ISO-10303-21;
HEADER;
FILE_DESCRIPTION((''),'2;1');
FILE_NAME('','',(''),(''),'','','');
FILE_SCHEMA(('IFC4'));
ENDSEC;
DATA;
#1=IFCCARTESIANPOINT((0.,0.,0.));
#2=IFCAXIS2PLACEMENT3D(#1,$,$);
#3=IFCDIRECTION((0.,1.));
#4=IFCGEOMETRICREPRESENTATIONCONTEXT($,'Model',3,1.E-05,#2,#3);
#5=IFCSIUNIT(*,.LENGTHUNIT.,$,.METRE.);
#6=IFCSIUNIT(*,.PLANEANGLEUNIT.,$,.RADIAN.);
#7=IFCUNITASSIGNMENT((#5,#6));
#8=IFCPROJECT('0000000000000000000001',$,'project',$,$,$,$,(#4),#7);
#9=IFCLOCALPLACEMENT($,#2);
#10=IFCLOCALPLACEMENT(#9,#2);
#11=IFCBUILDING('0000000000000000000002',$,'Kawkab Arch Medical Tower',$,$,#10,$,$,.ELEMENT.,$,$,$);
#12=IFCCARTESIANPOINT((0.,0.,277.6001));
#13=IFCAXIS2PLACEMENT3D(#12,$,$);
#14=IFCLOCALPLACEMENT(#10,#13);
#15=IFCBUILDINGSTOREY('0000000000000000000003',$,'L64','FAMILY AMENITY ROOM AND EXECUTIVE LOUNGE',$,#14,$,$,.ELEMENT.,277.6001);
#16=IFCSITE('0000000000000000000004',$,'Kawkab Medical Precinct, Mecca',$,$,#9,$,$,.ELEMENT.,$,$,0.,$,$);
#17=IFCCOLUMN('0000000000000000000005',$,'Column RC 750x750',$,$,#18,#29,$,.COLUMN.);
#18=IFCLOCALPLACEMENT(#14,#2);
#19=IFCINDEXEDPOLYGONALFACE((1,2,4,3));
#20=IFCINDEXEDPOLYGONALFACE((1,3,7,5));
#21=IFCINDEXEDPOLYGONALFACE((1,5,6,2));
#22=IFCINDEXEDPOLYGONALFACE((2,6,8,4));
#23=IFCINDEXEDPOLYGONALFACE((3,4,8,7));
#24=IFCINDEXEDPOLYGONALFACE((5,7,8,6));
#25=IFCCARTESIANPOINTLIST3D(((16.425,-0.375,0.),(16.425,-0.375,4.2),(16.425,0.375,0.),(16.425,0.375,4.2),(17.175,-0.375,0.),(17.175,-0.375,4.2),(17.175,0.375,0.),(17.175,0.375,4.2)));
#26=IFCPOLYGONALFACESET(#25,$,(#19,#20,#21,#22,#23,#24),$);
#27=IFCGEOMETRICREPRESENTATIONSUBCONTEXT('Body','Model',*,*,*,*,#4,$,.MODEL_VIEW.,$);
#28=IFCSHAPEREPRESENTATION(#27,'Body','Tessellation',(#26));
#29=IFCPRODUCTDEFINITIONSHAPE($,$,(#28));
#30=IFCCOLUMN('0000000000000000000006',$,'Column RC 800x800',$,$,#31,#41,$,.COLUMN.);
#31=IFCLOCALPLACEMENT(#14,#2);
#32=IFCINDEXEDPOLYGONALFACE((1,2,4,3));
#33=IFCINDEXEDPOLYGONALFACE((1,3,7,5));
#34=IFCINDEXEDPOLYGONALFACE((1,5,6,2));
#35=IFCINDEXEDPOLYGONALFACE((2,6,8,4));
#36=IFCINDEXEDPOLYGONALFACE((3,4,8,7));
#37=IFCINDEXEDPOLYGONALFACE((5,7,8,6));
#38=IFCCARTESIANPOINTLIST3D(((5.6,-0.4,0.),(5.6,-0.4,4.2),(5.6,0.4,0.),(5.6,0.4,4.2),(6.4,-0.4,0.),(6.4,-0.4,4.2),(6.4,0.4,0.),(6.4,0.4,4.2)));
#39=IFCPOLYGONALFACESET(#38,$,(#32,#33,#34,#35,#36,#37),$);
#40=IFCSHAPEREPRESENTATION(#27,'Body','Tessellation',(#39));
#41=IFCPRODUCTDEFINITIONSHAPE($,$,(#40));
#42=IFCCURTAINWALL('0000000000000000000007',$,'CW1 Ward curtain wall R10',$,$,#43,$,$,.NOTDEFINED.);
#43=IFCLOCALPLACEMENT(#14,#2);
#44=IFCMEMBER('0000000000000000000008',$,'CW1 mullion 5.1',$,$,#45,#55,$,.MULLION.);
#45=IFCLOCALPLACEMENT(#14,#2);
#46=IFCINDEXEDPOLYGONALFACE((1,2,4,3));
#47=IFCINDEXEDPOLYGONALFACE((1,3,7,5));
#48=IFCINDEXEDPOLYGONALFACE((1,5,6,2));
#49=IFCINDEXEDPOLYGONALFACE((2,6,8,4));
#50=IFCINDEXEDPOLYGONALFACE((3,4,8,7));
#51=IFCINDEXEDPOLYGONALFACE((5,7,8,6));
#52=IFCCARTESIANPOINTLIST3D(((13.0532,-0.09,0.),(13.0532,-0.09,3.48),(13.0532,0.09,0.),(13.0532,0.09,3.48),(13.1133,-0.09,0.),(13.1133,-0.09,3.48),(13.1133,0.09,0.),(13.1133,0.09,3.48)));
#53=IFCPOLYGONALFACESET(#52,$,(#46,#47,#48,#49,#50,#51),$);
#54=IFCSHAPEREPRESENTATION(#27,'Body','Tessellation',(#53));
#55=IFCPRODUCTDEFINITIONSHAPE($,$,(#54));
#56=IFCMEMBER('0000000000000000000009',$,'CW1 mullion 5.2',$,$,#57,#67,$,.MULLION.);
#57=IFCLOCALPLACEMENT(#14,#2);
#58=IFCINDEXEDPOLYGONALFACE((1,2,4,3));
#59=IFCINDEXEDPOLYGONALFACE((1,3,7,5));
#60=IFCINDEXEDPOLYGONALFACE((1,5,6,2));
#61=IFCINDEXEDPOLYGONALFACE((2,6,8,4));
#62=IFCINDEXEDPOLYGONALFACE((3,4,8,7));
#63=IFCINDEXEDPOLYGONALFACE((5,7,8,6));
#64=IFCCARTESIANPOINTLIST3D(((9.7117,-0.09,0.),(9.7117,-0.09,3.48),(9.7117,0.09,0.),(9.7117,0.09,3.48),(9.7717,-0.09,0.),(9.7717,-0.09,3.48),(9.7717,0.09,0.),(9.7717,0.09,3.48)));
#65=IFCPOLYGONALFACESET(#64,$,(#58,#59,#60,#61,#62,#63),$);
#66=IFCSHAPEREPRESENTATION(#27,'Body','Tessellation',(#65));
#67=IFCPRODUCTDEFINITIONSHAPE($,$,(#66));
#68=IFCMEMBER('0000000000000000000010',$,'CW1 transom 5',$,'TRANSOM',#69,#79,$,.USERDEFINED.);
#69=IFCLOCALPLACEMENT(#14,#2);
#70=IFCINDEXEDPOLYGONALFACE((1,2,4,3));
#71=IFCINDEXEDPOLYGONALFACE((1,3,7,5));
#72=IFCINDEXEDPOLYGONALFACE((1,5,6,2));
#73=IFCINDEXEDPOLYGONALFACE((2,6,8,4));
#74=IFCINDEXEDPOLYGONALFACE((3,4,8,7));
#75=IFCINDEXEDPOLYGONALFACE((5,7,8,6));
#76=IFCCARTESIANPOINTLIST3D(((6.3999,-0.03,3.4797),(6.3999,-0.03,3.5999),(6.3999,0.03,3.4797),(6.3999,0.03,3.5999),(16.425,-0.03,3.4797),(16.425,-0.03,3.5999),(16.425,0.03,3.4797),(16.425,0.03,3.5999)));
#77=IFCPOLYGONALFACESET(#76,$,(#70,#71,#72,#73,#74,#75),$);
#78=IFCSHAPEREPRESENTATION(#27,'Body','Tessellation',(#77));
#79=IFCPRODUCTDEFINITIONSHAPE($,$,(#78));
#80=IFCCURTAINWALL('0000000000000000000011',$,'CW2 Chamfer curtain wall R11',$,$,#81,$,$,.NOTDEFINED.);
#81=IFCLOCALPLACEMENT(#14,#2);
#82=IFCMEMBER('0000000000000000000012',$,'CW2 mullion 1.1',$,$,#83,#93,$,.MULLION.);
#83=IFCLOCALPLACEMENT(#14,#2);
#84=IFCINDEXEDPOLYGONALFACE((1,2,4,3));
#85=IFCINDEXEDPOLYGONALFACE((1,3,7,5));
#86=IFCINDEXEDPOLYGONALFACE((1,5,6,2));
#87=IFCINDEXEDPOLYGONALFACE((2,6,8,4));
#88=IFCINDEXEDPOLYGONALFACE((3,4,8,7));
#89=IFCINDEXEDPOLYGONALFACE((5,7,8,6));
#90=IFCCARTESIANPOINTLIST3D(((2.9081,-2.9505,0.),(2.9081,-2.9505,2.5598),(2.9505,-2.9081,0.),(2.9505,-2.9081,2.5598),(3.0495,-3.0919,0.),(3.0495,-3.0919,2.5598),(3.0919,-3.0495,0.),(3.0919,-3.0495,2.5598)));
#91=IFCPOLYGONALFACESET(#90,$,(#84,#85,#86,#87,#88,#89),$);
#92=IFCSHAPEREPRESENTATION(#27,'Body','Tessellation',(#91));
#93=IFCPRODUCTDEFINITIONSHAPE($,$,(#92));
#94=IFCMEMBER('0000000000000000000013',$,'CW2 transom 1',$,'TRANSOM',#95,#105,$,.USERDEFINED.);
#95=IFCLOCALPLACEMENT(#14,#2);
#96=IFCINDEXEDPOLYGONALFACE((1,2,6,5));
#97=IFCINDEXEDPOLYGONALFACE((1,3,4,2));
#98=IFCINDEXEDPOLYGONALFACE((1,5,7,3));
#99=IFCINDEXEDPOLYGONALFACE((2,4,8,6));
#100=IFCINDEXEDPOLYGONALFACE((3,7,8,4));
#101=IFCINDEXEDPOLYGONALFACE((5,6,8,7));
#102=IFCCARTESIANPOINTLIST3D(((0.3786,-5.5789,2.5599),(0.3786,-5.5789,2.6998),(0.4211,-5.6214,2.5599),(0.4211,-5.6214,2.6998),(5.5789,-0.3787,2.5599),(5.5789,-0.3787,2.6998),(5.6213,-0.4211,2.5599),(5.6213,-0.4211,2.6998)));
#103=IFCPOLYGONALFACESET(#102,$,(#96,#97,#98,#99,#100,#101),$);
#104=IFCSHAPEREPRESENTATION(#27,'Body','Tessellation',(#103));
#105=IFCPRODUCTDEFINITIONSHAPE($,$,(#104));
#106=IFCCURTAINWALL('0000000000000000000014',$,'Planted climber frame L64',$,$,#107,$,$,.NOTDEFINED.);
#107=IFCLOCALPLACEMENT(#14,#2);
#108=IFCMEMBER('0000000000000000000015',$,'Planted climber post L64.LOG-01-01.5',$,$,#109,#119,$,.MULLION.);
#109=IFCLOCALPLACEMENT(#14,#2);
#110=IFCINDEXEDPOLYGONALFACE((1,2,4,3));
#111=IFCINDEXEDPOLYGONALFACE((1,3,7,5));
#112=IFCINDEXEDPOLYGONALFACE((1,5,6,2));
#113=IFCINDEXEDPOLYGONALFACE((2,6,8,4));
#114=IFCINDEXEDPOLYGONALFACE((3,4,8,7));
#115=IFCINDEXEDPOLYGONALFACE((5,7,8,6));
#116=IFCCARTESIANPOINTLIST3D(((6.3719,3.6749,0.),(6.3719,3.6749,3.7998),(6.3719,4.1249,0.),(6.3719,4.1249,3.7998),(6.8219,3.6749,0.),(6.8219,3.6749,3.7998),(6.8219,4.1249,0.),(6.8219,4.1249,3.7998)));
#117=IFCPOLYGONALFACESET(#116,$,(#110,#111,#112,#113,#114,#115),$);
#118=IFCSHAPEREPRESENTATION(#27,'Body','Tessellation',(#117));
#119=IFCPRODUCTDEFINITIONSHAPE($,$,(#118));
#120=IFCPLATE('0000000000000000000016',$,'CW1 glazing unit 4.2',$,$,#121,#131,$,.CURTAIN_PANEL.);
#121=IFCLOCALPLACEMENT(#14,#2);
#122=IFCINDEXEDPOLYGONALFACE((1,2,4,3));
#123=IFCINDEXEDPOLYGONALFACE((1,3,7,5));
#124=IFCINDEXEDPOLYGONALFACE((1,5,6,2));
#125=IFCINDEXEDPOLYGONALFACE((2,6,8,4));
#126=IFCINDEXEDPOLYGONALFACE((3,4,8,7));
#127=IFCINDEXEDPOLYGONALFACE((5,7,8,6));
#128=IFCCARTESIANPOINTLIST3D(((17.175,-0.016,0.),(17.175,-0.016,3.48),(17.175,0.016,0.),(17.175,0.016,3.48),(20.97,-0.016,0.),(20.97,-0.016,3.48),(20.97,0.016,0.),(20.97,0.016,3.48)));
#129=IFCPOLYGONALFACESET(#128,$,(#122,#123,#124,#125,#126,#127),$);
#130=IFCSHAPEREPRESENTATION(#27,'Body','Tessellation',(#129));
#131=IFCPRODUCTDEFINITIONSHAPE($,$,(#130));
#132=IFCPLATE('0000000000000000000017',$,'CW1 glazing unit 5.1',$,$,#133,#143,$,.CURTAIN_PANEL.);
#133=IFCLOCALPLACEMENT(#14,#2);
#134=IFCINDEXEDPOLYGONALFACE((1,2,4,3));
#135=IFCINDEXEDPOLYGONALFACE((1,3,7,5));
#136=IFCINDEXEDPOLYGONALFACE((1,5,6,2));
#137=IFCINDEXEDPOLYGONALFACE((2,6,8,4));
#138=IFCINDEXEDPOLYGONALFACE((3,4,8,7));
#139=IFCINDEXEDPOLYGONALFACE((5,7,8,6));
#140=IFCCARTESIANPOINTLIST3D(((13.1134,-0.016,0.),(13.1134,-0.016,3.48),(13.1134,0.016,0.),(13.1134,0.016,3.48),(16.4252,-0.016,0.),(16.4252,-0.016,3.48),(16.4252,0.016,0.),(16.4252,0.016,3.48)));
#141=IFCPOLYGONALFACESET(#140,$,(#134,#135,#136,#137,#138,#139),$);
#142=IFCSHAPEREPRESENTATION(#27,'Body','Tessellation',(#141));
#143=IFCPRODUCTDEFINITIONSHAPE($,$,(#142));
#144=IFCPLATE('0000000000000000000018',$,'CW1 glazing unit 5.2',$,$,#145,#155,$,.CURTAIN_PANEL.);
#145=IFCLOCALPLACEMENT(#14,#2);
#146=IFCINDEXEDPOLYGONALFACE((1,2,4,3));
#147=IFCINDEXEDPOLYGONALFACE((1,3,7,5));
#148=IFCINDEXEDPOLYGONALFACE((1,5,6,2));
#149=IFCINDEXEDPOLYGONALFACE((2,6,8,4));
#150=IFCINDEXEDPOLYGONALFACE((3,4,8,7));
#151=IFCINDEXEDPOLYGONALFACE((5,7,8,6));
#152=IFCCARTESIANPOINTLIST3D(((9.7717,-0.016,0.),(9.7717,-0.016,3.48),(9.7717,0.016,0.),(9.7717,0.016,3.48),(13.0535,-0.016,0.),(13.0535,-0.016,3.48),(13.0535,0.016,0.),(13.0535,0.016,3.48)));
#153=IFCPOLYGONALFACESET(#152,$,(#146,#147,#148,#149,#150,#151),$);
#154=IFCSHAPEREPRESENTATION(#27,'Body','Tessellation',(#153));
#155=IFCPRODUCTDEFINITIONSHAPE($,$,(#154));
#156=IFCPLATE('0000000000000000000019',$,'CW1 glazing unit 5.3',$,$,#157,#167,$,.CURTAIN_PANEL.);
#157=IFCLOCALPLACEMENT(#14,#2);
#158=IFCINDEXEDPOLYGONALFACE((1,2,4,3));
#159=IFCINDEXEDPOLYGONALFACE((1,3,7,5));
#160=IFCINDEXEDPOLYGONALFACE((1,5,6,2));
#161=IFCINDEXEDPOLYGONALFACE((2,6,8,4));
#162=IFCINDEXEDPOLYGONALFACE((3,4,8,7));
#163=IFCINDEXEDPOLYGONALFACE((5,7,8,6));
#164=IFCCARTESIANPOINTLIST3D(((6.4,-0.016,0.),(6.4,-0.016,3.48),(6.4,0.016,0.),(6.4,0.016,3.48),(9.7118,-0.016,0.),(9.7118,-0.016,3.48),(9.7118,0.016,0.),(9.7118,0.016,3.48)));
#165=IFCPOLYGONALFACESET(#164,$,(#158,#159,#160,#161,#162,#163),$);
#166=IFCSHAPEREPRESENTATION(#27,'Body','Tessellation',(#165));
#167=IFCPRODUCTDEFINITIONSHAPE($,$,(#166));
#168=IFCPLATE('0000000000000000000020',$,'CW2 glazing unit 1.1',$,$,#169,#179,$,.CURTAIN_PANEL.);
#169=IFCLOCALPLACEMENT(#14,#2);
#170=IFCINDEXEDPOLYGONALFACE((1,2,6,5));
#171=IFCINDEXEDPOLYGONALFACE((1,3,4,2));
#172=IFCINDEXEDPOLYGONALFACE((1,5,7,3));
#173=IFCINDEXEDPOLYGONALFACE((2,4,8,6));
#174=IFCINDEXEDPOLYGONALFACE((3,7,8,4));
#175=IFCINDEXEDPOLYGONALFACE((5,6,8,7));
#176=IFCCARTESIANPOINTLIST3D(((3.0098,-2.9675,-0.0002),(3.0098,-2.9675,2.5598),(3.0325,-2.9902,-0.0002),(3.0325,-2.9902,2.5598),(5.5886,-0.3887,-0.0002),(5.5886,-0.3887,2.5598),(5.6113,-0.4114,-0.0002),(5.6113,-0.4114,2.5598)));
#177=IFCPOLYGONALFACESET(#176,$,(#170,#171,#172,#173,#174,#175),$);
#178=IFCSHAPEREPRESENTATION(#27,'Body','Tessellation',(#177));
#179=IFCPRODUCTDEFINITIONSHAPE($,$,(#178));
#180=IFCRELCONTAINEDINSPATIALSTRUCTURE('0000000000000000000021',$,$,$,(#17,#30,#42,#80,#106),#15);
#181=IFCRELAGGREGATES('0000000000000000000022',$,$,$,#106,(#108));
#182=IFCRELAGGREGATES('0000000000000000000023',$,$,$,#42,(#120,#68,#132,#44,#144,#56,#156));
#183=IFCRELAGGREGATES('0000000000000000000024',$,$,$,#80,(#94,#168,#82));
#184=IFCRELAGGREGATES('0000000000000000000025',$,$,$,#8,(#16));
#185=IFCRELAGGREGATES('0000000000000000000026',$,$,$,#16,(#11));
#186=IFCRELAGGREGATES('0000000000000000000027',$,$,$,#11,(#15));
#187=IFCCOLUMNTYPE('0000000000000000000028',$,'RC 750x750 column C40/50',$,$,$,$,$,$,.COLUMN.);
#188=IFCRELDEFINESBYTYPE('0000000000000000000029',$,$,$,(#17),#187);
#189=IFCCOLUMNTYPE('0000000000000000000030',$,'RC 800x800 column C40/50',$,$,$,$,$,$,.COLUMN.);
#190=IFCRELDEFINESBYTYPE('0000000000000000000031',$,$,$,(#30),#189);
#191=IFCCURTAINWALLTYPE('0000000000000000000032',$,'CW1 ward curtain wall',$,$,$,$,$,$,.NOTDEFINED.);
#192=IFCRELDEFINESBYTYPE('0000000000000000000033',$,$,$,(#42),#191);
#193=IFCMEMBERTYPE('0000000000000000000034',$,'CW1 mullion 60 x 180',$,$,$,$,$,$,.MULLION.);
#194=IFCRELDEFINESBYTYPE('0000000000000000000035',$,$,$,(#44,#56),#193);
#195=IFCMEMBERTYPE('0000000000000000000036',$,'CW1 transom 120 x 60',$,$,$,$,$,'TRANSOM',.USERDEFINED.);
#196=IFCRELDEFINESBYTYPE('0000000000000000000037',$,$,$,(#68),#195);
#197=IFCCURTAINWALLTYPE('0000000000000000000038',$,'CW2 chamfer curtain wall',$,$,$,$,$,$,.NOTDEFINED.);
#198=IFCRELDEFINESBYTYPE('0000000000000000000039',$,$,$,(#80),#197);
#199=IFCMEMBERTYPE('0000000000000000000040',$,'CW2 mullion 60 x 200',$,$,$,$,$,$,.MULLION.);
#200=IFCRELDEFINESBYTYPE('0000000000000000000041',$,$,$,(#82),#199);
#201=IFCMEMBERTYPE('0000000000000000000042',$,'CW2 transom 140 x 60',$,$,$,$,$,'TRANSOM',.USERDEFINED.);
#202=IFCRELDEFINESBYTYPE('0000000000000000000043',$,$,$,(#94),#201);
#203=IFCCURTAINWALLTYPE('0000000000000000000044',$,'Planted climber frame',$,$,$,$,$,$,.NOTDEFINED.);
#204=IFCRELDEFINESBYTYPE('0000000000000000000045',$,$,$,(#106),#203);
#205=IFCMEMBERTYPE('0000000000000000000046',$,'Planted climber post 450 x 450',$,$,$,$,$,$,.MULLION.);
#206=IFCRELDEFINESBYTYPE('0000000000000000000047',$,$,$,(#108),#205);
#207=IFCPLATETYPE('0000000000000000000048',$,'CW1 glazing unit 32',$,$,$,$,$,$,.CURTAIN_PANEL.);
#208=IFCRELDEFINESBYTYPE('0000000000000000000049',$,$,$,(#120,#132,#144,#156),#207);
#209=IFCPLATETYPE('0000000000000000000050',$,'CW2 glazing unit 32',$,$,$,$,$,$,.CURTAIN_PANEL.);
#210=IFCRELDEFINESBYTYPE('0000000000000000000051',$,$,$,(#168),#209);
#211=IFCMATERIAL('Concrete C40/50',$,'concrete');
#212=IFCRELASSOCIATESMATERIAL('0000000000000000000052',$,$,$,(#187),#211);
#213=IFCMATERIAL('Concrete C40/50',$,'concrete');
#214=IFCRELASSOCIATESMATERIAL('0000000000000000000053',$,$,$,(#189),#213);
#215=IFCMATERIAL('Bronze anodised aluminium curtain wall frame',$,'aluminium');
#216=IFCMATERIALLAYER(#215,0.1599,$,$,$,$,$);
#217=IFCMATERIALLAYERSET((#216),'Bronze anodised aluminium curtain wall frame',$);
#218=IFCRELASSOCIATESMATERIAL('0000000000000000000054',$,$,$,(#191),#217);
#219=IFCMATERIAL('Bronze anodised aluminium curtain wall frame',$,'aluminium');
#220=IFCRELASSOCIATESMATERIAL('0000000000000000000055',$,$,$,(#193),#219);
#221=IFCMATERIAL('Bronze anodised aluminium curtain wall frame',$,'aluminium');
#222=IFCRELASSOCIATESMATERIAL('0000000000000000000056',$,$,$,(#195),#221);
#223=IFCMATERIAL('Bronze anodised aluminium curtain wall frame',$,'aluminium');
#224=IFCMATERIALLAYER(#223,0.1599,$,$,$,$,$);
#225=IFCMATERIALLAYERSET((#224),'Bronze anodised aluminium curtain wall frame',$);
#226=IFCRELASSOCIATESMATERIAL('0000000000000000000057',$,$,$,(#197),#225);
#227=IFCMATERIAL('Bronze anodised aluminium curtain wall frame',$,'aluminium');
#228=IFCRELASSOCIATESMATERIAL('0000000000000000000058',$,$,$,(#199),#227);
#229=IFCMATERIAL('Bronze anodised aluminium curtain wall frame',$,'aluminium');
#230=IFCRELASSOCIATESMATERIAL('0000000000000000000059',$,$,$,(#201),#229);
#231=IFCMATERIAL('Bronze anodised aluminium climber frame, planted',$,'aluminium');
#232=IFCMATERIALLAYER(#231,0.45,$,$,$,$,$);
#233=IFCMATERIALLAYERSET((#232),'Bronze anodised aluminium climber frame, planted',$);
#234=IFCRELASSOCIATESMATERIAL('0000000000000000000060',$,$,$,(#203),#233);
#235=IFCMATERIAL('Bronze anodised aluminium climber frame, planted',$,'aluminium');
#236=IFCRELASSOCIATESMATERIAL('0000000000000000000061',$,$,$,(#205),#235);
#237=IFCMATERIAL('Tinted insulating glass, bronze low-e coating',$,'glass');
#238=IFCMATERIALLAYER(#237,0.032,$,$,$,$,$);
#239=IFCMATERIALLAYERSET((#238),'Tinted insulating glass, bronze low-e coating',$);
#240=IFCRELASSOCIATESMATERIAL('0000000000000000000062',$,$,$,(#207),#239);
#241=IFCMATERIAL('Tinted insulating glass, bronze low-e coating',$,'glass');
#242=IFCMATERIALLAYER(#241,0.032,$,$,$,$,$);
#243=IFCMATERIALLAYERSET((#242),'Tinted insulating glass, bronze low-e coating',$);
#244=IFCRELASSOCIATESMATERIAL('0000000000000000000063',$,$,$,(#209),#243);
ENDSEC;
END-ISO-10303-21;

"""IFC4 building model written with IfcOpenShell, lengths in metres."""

from ifc_helpers import new_model, si_unit, direction, frame, origin, origin_2d, place, context, subcontext, project, spatial, rectangle, extrude, material, layer, layer_set, material_profile, profile_set, type_object, element, aggregate, save


model = new_model("IFC4")

# Units and contexts
model_context = context("Model", 3, precision=1e-05, world=origin(), true_north=direction((0.0, 1.0)))
body_context = subcontext(model_context, "Body", "Model", "MODEL_VIEW")
ifc_project = project(units=[si_unit("LENGTHUNIT", "METRE"), si_unit("PLANEANGLEUNIT", "RADIAN")], contexts=[model_context])

# Site, building, storey
site_placement = place(None, origin())
site = spatial("IfcSite", under=ifc_project, at=site_placement, Name="Kawkab Medical Precinct, Mecca", CompositionType="ELEMENT", RefElevation=0.0)
building_placement = place(site_placement, origin())
building = spatial("IfcBuilding", under=site, at=building_placement, Name="Kawkab Arch Medical Tower", CompositionType="ELEMENT")
storey_placement = place(building_placement, frame((0.0, 0.0, 277.6001)))
storey = spatial("IfcBuildingStorey", under=building, at=storey_placement, Name="L64", Description="FAMILY AMENITY ROOM AND EXECUTIVE LOUNGE", CompositionType="ELEMENT", Elevation=277.6001)

# Columns
ifc_material_1 = material(Name="Concrete C40/50", Category="concrete")
ifc_material_profile_1 = material_profile(ifc_material_1, rectangle(XDim=0.75, YDim=0.75, at=origin_2d()), Name="RC 750x750")
ifc_profile_set_1 = profile_set([ifc_material_profile_1], Name="Concrete C40/50")
column_type_1 = type_object("IfcColumnType", Name="RC 750x750 column C40/50", PredefinedType="COLUMN", material=ifc_profile_set_1)
column_1_placement = place(storey_placement, frame((16.8, 0.0, 0.0), z_axis=(0.0, 0.0, 1.0), x_axis=(1.0, 0.0, 0.0)))
element("IfcColumn", 1, at=column_1_placement, inside=storey, type_object=column_type_1, Name="Column RC 750x750", PredefinedType="COLUMN", context=body_context, shape_type="SweptSolid", body=[
    extrude(rectangle(XDim=0.75, YDim=0.75, at=origin_2d()), origin(), (0.0, 0.0, 1.0), 4.2),
])
ifc_material_2 = material(Name="Concrete C40/50", Category="concrete")
ifc_material_profile_2 = material_profile(ifc_material_2, rectangle(XDim=0.8, YDim=0.8, at=origin_2d()), Name="RC 800x800")
ifc_profile_set_2 = profile_set([ifc_material_profile_2], Name="Concrete C40/50")
column_type_2 = type_object("IfcColumnType", Name="RC 800x800 column C40/50", PredefinedType="COLUMN", material=ifc_profile_set_2)
column_2_placement = place(storey_placement, frame((6.0, 0.0, 0.0), z_axis=(0.0, 0.0, 1.0), x_axis=(1.0, 0.0, 0.0)))
element("IfcColumn", 2, at=column_2_placement, inside=storey, type_object=column_type_2, Name="Column RC 800x800", PredefinedType="COLUMN", context=body_context, shape_type="SweptSolid", body=[
    extrude(rectangle(XDim=0.8, YDim=0.8, at=origin_2d()), origin(), (0.0, 0.0, 1.0), 4.2),
])

# Curtain walls, members
ifc_material_3 = material(Name="Bronze anodised aluminium curtain wall frame", Category="aluminium")
ifc_layer_1 = layer(ifc_material_3, 0.1599)
ifc_layer_set_1 = layer_set([ifc_layer_1], Name="Bronze anodised aluminium curtain wall frame")
curtain_wall_type_1 = type_object("IfcCurtainWallType", Name="CW1 ward curtain wall", PredefinedType="NOTDEFINED", material=ifc_layer_set_1)
placement_1 = place(storey_placement, origin())
curtain_wall_1 = element("IfcCurtainWall", 3, at=placement_1, inside=storey, type_object=curtain_wall_type_1, Name="CW1 Ward curtain wall R10", PredefinedType="NOTDEFINED")
ifc_material_4 = material(Name="Bronze anodised aluminium curtain wall frame", Category="aluminium")
ifc_material_profile_3 = material_profile(ifc_material_4, rectangle(XDim=0.1799, YDim=0.0601, at=origin_2d()), Name="AL 60x180")
ifc_profile_set_3 = profile_set([ifc_material_profile_3], Name="Bronze anodised aluminium curtain wall frame")
member_type_1 = type_object("IfcMemberType", Name="CW1 mullion 60 x 180", PredefinedType="MULLION", material=ifc_profile_set_3)
member_1_placement = place(storey_placement, frame((13.0833, 0.0, 0.0), z_axis=(0.0, 0.0, 1.0), x_axis=(0.0, -1.0, 0.0)))
member_1 = element("IfcMember", 4, at=member_1_placement, type_object=member_type_1, Name="CW1 mullion 5.1", PredefinedType="MULLION", context=body_context, shape_type="SweptSolid", body=[
    extrude(rectangle(XDim=0.1799, YDim=0.0601, at=origin_2d()), origin(), (0.0, 0.0, 1.0), 3.48),
])
member_2_placement = place(storey_placement, frame((9.7417, 0.0, 0.0), z_axis=(0.0, 0.0, 1.0), x_axis=(0.0, -1.0, 0.0)))
member_2 = element("IfcMember", 5, at=member_2_placement, type_object=member_type_1, Name="CW1 mullion 5.2", PredefinedType="MULLION", context=body_context, shape_type="SweptSolid", body=[
    extrude(rectangle(XDim=0.1799, YDim=0.0601, at=origin_2d()), origin(), (0.0, 0.0, 1.0), 3.48),
])
ifc_material_5 = material(Name="Bronze anodised aluminium curtain wall frame", Category="aluminium")
ifc_material_profile_4 = material_profile(ifc_material_5, rectangle(XDim=0.0601, YDim=0.1201, at=origin_2d()), Name="AL 60x120")
ifc_profile_set_4 = profile_set([ifc_material_profile_4], Name="Bronze anodised aluminium curtain wall frame")
member_type_2 = type_object("IfcMemberType", Name="CW1 transom 120 x 60", ElementType="TRANSOM", PredefinedType="USERDEFINED", material=ifc_profile_set_4)
member_3_placement = place(storey_placement, frame((16.425, 0.0, 3.5398), z_axis=(-1.0, 0.0, 0.0), x_axis=(0.0, -1.0, 0.0)))
member_3 = element("IfcMember", 6, at=member_3_placement, type_object=member_type_2, Name="CW1 transom 5", ObjectType="TRANSOM", PredefinedType="USERDEFINED", context=body_context, shape_type="SweptSolid", body=[
    extrude(rectangle(XDim=0.0601, YDim=0.1201, at=origin_2d()), origin(), (0.0, 0.0, 1.0), 10.0251),
])
ifc_material_6 = material(Name="Bronze anodised aluminium curtain wall frame", Category="aluminium")
ifc_layer_2 = layer(ifc_material_6, 0.1599)
ifc_layer_set_2 = layer_set([ifc_layer_2], Name="Bronze anodised aluminium curtain wall frame")
curtain_wall_type_2 = type_object("IfcCurtainWallType", Name="CW2 chamfer curtain wall", PredefinedType="NOTDEFINED", material=ifc_layer_set_2)
curtain_wall_2 = element("IfcCurtainWall", 7, at=placement_1, inside=storey, type_object=curtain_wall_type_2, Name="CW2 Chamfer curtain wall R11", PredefinedType="NOTDEFINED")
ifc_material_7 = material(Name="Bronze anodised aluminium curtain wall frame", Category="aluminium")
ifc_material_profile_5 = material_profile(ifc_material_7, rectangle(XDim=0.2, YDim=0.0601, at=origin_2d()), Name="AL 60x200")
ifc_profile_set_5 = profile_set([ifc_material_profile_5], Name="Bronze anodised aluminium curtain wall frame")
member_type_3 = type_object("IfcMemberType", Name="CW2 mullion 60 x 200", PredefinedType="MULLION", material=ifc_profile_set_5)
member_4_placement = place(storey_placement, frame((3.0, -3.0, 0.0), z_axis=(0.0, 0.0, 1.0), x_axis=(0.707107, -0.707107, 0.0)))
member_4 = element("IfcMember", 8, at=member_4_placement, type_object=member_type_3, Name="CW2 mullion 1.1", PredefinedType="MULLION", context=body_context, shape_type="SweptSolid", body=[
    extrude(rectangle(XDim=0.2, YDim=0.0601, at=origin_2d()), origin(), (0.0, 0.0, 1.0), 2.5598),
])
ifc_material_8 = material(Name="Bronze anodised aluminium curtain wall frame", Category="aluminium")
ifc_material_profile_6 = material_profile(ifc_material_8, rectangle(XDim=0.0601, YDim=0.1399, at=origin_2d()), Name="AL 60x140")
ifc_profile_set_6 = profile_set([ifc_material_profile_6], Name="Bronze anodised aluminium curtain wall frame")
member_type_4 = type_object("IfcMemberType", Name="CW2 transom 140 x 60", ElementType="TRANSOM", PredefinedType="USERDEFINED", material=ifc_profile_set_6)
member_5_placement = place(storey_placement, frame((5.6001, -0.3999, 2.6299), z_axis=(-0.707107, -0.707107, 0.0), x_axis=(0.707107, -0.707107, 0.0)))
member_5 = element("IfcMember", 9, at=member_5_placement, type_object=member_type_4, Name="CW2 transom 1", ObjectType="TRANSOM", PredefinedType="USERDEFINED", context=body_context, shape_type="SweptSolid", body=[
    extrude(rectangle(XDim=0.0601, YDim=0.1399, at=origin_2d()), origin(), (0.0, 0.0, 1.0), 7.3542),
])

# Curtain wall, member
ifc_material_9 = material(Name="Bronze anodised aluminium climber frame, planted", Category="aluminium")
ifc_layer_3 = layer(ifc_material_9, 0.45)
ifc_layer_set_3 = layer_set([ifc_layer_3], Name="Bronze anodised aluminium climber frame, planted")
curtain_wall_type_3 = type_object("IfcCurtainWallType", Name="Planted climber frame", PredefinedType="NOTDEFINED", material=ifc_layer_set_3)
curtain_wall_3 = element("IfcCurtainWall", 10, at=placement_1, inside=storey, type_object=curtain_wall_type_3, Name="Planted climber frame L64", PredefinedType="NOTDEFINED")
ifc_material_10 = material(Name="Bronze anodised aluminium climber frame, planted", Category="aluminium")
ifc_material_profile_7 = material_profile(ifc_material_10, rectangle(XDim=0.45, YDim=0.45, at=origin_2d()), Name="Post 450x450")
ifc_profile_set_7 = profile_set([ifc_material_profile_7], Name="Bronze anodised aluminium climber frame, planted")
member_type_5 = type_object("IfcMemberType", Name="Planted climber post 450 x 450", PredefinedType="MULLION", material=ifc_profile_set_7)
member_6_placement = place(storey_placement, frame((6.5969, 3.8999, 0.0), z_axis=(0.0, 0.0, 1.0), x_axis=(1.0, 0.0, 0.0)))
member_6 = element("IfcMember", 11, at=member_6_placement, type_object=member_type_5, Name="Planted climber post L64.LOG-01-01.5", PredefinedType="MULLION", context=body_context, shape_type="SweptSolid", body=[
    extrude(rectangle(XDim=0.45, YDim=0.45, at=origin_2d()), origin(), (0.0, 0.0, 1.0), 3.7998),
])
aggregate(curtain_wall_3, [member_6])

# Plates
ifc_material_11 = material(Name="Tinted insulating glass, bronze low-e coating", Category="glass")
ifc_layer_4 = layer(ifc_material_11, 0.032)
ifc_layer_set_4 = layer_set([ifc_layer_4], Name="Tinted insulating glass, bronze low-e coating")
plate_type_1 = type_object("IfcPlateType", Name="CW1 glazing unit 32", PredefinedType="CURTAIN_PANEL", material=ifc_layer_set_4)
plate_1_placement = place(storey_placement, frame((19.0725, 0.0, 0.0), z_axis=(0.0, 0.0, 1.0), x_axis=(-1.0, 0.0, 0.0)))
plate_1 = element("IfcPlate", 12, at=plate_1_placement, type_object=plate_type_1, Name="CW1 glazing unit 4.2", PredefinedType="CURTAIN_PANEL", context=body_context, shape_type="SweptSolid", body=[
    extrude(rectangle(XDim=3.7949, YDim=0.032, at=origin_2d()), origin(), (0.0, 0.0, 1.0), 3.48),
])
plate_2_placement = place(storey_placement, frame((14.7693, 0.0, 0.0), z_axis=(0.0, 0.0, 1.0), x_axis=(-1.0, 0.0, 0.0)))
plate_2 = element("IfcPlate", 13, at=plate_2_placement, type_object=plate_type_1, Name="CW1 glazing unit 5.1", PredefinedType="CURTAIN_PANEL", context=body_context, shape_type="SweptSolid", body=[
    extrude(rectangle(XDim=3.3118, YDim=0.032, at=origin_2d()), origin(), (0.0, 0.0, 1.0), 3.48),
])
plate_3_placement = place(storey_placement, frame((11.4126, 0.0, 0.0), z_axis=(0.0, 0.0, 1.0), x_axis=(-1.0, 0.0, 0.0)))
plate_3 = element("IfcPlate", 14, at=plate_3_placement, type_object=plate_type_1, Name="CW1 glazing unit 5.2", PredefinedType="CURTAIN_PANEL", context=body_context, shape_type="SweptSolid", body=[
    extrude(rectangle(XDim=3.2817, YDim=0.032, at=origin_2d()), origin(), (0.0, 0.0, 1.0), 3.48),
])
plate_4_placement = place(storey_placement, frame((8.0559, 0.0, 0.0), z_axis=(0.0, 0.0, 1.0), x_axis=(-1.0, 0.0, 0.0)))
plate_4 = element("IfcPlate", 15, at=plate_4_placement, type_object=plate_type_1, Name="CW1 glazing unit 5.3", PredefinedType="CURTAIN_PANEL", context=body_context, shape_type="SweptSolid", body=[
    extrude(rectangle(XDim=3.3118, YDim=0.032, at=origin_2d()), origin(), (0.0, 0.0, 1.0), 3.48),
])
aggregate(curtain_wall_1, [plate_1, member_3, plate_2, member_1, plate_3, member_2, plate_4])
ifc_material_12 = material(Name="Tinted insulating glass, bronze low-e coating", Category="glass")
ifc_layer_5 = layer(ifc_material_12, 0.032)
ifc_layer_set_5 = layer_set([ifc_layer_5], Name="Tinted insulating glass, bronze low-e coating")
plate_type_2 = type_object("IfcPlateType", Name="CW2 glazing unit 32", PredefinedType="CURTAIN_PANEL", material=ifc_layer_set_5)
plate_5_placement = place(storey_placement, frame((4.3105, -1.6895, -0.0002), z_axis=(0.0, 0.0, 1.0), x_axis=(-0.707107, -0.707107, 0.0)))
plate_5 = element("IfcPlate", 16, at=plate_5_placement, type_object=plate_type_2, Name="CW2 glazing unit 1.1", PredefinedType="CURTAIN_PANEL", context=body_context, shape_type="SweptSolid", body=[
    extrude(rectangle(XDim=3.647, YDim=0.032, at=origin_2d()), origin(), (0.0, 0.0, 1.0), 2.5601),
])
aggregate(curtain_wall_2, [member_5, plate_5, member_4])

save(model, "model.ifc")
